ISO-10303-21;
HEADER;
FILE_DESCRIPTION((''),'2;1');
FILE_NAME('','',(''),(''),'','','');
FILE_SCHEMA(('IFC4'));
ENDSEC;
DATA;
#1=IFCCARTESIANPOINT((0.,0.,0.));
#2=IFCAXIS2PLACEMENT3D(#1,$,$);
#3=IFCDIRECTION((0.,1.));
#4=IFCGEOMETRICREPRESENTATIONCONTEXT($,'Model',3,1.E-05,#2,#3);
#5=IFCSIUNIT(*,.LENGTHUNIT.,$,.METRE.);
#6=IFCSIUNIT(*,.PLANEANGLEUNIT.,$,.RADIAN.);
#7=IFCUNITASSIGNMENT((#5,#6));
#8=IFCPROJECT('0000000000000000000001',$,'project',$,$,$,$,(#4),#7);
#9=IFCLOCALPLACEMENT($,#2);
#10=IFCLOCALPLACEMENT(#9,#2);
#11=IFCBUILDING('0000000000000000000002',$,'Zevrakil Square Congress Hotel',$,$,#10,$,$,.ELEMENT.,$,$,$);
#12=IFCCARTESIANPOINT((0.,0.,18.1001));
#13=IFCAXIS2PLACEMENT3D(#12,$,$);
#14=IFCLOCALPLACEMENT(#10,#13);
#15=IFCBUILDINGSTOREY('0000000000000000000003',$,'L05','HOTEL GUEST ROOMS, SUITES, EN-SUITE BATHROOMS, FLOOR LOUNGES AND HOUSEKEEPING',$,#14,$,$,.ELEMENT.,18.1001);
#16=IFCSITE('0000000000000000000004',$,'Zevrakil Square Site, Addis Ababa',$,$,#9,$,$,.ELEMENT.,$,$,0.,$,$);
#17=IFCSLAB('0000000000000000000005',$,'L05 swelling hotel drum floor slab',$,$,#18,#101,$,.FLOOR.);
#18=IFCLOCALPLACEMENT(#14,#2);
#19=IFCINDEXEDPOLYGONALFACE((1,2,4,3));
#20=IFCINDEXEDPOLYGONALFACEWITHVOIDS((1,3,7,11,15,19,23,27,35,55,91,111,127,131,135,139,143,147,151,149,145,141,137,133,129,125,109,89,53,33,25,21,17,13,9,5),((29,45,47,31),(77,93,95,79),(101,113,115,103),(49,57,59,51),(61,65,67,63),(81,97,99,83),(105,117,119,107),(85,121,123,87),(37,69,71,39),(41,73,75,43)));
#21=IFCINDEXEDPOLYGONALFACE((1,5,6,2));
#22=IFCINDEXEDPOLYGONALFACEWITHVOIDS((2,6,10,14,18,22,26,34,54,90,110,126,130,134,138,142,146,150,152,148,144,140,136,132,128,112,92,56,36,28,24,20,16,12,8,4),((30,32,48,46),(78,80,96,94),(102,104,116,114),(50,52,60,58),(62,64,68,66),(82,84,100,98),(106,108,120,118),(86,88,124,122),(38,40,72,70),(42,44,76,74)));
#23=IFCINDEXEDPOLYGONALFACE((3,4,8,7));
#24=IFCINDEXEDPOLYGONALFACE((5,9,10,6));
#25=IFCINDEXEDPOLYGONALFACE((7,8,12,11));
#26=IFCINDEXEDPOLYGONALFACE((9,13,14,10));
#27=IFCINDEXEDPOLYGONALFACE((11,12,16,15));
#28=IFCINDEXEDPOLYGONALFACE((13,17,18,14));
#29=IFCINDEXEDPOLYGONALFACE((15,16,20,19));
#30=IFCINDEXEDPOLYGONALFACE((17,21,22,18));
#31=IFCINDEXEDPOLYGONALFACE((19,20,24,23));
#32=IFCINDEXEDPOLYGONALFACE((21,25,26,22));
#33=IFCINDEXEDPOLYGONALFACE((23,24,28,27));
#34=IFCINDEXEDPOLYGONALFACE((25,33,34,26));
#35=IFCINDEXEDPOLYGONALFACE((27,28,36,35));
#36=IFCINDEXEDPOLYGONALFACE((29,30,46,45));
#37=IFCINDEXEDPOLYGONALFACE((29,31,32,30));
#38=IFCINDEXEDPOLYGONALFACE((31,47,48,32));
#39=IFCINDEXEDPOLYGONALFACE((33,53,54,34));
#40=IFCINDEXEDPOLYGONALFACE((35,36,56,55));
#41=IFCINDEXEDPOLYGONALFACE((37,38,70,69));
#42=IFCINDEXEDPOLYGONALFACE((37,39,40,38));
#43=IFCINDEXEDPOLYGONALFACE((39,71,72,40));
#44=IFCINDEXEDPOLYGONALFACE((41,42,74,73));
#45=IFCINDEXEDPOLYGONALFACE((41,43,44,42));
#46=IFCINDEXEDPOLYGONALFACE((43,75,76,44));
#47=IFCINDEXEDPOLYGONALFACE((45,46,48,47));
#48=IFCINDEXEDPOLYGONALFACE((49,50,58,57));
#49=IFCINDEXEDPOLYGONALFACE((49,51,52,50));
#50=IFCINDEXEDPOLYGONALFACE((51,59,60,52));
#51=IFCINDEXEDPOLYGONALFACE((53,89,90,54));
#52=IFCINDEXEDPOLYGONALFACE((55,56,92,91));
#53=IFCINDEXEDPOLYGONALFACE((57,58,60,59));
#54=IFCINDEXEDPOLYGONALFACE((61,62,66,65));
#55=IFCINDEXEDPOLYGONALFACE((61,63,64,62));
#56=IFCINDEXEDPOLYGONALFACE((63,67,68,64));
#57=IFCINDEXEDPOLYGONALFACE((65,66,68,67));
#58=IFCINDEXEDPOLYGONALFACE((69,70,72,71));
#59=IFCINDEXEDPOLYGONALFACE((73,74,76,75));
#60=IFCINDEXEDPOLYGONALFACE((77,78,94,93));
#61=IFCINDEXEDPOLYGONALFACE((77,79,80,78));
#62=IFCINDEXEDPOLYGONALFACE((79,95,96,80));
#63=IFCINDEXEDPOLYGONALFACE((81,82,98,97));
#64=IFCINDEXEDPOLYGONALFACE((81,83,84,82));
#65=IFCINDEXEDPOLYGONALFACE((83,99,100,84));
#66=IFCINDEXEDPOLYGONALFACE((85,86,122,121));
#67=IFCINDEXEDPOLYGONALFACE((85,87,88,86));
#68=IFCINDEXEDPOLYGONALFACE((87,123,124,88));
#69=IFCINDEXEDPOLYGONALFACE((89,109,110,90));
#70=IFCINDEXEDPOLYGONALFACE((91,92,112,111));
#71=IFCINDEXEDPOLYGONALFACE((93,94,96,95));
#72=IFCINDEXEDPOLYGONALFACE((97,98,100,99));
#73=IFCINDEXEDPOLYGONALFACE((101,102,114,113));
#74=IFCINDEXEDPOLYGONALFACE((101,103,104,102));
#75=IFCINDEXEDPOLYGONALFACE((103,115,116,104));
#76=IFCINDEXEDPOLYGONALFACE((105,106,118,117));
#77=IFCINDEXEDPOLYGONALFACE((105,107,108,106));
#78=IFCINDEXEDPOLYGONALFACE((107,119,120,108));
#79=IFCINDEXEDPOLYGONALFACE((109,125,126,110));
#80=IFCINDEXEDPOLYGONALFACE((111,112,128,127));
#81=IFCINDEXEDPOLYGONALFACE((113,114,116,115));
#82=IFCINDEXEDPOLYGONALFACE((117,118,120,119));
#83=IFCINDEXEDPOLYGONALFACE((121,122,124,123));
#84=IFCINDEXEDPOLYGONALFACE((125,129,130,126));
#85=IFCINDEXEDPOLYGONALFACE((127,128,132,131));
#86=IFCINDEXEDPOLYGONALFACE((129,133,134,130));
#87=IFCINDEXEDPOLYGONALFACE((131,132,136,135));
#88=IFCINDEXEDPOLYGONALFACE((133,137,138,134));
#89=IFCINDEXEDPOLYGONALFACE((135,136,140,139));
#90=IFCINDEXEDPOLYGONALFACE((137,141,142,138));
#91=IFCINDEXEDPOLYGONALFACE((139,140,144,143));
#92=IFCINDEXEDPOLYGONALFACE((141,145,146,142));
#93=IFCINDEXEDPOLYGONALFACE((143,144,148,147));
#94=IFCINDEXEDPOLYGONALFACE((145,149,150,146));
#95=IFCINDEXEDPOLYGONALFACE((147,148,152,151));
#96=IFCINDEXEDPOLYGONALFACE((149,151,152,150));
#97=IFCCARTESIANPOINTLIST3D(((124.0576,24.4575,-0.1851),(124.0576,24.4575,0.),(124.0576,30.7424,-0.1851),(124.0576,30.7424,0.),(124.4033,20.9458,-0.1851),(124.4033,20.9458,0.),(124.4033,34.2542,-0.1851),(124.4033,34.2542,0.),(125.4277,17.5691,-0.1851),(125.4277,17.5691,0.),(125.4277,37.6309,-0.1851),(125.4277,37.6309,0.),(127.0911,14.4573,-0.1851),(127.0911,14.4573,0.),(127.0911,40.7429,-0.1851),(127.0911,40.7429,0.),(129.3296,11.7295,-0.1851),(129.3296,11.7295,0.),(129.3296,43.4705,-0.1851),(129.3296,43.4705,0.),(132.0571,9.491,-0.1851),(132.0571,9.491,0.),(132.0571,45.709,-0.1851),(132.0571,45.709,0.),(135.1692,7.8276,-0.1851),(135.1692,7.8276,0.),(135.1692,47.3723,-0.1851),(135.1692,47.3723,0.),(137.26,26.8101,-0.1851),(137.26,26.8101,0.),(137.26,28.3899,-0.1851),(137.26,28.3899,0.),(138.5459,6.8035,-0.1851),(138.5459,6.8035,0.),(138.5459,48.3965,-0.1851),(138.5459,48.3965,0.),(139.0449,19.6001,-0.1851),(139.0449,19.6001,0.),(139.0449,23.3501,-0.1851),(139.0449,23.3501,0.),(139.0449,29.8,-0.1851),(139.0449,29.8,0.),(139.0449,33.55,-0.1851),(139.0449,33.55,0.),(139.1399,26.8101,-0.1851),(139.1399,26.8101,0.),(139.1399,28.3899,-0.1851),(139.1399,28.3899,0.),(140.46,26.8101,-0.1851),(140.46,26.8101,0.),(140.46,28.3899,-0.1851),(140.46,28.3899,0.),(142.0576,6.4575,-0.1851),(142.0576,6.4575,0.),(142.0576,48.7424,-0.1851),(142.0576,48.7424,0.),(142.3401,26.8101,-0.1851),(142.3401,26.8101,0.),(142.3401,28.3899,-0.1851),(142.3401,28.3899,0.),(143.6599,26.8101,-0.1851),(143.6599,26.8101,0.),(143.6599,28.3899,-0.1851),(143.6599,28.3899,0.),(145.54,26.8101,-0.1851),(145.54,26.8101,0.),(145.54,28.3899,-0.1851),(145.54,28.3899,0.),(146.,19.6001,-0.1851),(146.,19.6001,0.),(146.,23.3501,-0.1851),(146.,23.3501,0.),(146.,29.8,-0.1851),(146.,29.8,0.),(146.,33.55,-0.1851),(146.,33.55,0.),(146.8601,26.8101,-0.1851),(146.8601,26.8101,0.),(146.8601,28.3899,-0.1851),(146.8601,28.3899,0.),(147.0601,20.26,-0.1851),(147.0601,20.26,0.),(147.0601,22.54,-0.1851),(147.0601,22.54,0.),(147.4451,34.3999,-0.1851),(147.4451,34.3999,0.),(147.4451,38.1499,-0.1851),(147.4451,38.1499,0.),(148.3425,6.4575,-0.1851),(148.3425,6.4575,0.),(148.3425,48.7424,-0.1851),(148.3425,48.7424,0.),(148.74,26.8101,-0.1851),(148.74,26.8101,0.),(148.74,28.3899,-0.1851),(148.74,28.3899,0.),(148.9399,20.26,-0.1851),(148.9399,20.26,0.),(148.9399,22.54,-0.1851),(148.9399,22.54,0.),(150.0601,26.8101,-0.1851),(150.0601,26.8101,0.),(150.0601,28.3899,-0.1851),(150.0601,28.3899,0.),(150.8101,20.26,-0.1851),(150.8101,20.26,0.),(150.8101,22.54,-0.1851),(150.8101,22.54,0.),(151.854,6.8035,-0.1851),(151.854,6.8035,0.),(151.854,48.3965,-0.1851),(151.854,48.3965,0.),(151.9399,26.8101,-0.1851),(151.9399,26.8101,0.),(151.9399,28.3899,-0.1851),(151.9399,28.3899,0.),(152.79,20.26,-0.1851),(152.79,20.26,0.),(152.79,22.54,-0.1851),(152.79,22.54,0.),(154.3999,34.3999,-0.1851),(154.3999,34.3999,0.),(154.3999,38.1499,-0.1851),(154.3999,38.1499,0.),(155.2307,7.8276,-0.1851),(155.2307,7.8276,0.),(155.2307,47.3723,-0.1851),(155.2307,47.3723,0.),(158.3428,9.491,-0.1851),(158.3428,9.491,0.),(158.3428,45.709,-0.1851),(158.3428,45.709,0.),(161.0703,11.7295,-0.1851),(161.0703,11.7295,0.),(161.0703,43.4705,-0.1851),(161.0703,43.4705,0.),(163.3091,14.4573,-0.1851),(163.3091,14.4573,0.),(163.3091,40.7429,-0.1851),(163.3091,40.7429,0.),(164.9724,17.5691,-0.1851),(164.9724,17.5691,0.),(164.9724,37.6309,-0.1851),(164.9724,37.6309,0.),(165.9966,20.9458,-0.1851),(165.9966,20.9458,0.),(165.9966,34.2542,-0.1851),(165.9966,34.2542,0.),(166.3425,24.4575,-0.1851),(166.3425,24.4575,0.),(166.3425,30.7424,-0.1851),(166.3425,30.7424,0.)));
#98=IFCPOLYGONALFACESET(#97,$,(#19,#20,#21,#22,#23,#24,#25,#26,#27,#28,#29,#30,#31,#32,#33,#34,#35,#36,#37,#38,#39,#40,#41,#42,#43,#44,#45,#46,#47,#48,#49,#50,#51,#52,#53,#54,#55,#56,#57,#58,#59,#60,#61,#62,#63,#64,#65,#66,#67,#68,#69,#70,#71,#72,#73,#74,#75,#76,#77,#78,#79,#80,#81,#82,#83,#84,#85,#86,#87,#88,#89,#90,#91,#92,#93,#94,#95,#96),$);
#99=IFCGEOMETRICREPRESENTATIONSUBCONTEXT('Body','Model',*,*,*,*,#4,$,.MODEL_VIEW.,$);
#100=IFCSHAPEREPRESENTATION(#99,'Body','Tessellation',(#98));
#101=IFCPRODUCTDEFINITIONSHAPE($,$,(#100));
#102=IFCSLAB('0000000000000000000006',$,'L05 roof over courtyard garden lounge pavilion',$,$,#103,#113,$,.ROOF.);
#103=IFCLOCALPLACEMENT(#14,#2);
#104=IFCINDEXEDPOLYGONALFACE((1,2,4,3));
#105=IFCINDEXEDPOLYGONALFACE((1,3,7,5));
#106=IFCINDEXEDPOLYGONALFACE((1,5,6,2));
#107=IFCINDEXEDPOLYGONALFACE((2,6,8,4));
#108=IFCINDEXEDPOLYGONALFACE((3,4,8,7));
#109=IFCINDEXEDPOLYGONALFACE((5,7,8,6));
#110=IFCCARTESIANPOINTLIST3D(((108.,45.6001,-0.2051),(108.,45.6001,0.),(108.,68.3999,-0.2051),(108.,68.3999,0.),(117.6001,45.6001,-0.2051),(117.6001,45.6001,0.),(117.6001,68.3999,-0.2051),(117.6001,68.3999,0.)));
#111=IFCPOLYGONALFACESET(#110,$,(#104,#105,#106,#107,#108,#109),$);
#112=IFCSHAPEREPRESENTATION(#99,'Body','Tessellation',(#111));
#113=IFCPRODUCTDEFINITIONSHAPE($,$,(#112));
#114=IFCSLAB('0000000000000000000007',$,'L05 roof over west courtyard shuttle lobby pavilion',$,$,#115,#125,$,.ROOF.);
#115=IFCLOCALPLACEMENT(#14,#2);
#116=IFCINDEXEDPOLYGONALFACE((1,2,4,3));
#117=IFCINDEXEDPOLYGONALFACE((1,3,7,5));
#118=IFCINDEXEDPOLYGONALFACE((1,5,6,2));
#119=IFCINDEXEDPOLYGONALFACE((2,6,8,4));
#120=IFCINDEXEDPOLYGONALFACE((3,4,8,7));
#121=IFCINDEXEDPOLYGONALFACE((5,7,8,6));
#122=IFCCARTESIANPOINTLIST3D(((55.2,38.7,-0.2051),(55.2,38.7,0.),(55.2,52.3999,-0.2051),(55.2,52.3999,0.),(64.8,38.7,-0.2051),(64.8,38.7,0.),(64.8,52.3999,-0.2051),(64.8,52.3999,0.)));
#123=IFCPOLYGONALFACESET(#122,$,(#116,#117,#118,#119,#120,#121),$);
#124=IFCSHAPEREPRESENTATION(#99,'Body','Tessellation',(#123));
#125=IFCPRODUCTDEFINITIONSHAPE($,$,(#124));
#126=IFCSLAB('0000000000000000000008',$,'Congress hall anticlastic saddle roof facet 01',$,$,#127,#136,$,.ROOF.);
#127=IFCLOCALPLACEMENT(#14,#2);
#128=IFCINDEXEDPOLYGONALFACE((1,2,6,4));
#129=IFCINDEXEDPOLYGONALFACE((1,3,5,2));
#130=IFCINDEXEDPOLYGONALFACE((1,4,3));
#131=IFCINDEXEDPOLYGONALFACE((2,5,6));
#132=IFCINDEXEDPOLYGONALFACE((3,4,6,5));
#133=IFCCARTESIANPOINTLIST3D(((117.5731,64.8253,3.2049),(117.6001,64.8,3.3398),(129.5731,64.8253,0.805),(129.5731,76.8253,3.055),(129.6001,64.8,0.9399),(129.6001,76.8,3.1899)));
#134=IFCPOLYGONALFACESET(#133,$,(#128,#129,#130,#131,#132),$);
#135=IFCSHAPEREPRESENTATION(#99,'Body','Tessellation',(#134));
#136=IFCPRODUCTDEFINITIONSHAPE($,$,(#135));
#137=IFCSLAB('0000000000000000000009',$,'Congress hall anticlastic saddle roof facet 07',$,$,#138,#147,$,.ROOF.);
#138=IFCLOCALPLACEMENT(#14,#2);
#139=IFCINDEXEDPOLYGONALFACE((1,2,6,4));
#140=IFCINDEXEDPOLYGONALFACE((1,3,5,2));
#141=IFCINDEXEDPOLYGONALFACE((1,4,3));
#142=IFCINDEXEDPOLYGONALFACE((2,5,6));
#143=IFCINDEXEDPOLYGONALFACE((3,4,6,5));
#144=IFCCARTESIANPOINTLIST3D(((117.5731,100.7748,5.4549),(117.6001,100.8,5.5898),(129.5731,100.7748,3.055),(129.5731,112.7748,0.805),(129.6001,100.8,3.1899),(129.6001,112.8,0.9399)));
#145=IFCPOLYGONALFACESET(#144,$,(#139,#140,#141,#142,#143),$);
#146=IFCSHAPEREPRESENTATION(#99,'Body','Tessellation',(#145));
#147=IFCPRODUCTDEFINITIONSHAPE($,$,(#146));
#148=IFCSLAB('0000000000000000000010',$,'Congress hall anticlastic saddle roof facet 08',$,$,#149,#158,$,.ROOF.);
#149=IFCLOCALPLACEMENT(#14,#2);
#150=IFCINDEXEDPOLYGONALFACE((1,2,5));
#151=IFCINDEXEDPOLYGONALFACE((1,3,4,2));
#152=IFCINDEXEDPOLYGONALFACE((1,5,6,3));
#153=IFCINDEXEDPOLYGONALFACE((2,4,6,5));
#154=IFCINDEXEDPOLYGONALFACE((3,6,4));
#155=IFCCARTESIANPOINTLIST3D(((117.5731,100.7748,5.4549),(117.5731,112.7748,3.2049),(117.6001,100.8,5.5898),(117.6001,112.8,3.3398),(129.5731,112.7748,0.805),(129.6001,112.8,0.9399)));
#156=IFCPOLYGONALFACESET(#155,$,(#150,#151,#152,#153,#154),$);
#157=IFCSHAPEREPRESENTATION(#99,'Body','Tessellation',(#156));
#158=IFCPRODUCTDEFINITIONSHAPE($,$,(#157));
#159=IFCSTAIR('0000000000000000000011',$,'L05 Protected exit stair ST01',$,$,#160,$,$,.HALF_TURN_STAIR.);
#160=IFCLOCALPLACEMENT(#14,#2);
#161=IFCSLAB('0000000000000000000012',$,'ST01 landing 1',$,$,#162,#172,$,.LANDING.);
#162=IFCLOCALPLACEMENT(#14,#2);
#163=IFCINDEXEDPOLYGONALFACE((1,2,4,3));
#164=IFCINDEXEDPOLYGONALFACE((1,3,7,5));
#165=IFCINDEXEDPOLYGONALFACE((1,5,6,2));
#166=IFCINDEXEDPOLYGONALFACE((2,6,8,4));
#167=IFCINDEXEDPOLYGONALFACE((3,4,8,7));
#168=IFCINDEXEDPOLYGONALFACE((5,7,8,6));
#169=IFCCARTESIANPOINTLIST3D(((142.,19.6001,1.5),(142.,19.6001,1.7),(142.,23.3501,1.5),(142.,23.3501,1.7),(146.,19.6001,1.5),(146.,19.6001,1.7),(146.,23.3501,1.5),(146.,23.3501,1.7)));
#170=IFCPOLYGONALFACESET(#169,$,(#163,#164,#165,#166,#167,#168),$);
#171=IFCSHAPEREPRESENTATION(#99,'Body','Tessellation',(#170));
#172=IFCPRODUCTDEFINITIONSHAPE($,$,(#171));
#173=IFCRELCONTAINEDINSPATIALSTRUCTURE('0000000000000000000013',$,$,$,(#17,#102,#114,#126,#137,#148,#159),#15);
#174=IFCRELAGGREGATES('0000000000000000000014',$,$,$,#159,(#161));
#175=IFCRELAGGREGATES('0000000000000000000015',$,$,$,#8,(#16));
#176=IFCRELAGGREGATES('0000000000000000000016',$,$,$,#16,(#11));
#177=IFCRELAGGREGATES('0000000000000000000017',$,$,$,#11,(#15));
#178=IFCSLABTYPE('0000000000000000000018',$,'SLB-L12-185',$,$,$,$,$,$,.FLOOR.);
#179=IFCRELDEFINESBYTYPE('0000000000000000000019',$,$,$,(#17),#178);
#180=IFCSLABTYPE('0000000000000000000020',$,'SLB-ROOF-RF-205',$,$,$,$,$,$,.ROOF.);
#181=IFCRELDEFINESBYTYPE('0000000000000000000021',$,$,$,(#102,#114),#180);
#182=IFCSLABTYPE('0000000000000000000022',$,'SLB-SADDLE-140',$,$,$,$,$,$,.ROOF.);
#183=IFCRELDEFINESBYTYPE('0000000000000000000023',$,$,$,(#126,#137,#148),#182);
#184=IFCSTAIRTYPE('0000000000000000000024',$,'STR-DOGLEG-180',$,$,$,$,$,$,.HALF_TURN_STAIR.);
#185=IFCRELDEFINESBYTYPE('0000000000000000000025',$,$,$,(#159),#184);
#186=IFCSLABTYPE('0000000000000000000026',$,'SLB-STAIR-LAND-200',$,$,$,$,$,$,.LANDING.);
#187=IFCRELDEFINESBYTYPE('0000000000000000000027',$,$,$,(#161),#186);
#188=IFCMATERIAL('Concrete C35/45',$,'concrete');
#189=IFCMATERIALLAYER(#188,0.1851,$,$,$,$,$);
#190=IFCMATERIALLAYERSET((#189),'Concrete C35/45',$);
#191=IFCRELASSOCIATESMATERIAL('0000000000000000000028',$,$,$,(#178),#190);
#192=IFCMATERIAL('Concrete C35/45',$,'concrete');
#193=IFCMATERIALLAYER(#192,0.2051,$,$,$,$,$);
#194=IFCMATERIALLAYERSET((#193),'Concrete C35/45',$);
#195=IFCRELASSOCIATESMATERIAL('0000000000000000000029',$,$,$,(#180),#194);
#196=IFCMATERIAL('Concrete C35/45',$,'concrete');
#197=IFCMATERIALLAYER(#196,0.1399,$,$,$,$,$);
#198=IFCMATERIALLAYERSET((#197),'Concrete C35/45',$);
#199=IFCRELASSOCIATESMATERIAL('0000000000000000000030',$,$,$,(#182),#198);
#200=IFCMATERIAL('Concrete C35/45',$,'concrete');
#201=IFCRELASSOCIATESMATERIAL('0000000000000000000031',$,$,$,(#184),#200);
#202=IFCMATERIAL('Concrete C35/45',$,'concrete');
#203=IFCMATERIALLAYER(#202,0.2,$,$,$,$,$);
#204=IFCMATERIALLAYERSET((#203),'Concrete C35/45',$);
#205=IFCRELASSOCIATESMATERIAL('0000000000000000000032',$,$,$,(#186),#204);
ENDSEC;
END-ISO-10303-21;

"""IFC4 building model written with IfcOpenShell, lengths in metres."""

from ifc_helpers import new_model, si_unit, direction, frame, origin, place, context, subcontext, project, spatial, polyline, outline, extrude, material, layer, layer_set, type_object, element, aggregate, save


model = new_model("IFC4")

# Units and contexts
model_context = context("Model", 3, precision=1e-05, world=origin(), true_north=direction((0.0, 1.0)))
body_context = subcontext(model_context, "Body", "Model", "MODEL_VIEW")
ifc_project = project(units=[si_unit("LENGTHUNIT", "METRE"), si_unit("PLANEANGLEUNIT", "RADIAN")], contexts=[model_context])

# Site, building, storey
site_placement = place(None, origin())
site = spatial("IfcSite", under=ifc_project, at=site_placement, Name="Zevrakil Square Site, Addis Ababa", CompositionType="ELEMENT", RefElevation=0.0)
building_placement = place(site_placement, origin())
building = spatial("IfcBuilding", under=site, at=building_placement, Name="Zevrakil Square Congress Hotel", CompositionType="ELEMENT")
storey_placement = place(building_placement, frame((0.0, 0.0, 18.1001)))
storey = spatial("IfcBuildingStorey", under=building, at=storey_placement, Name="L05", Description="HOTEL GUEST ROOMS, SUITES, EN-SUITE BATHROOMS, FLOOR LOUNGES AND HOUSEKEEPING", CompositionType="ELEMENT", Elevation=18.1001)

# Slabs
ifc_material_1 = material(Name="Concrete C35/45", Category="concrete")
ifc_layer_1 = layer(ifc_material_1, 0.1851)
ifc_layer_set_1 = layer_set([ifc_layer_1], Name="Concrete C35/45")
slab_type_1 = type_object("IfcSlabType", Name="SLB-L12-185", PredefinedType="FLOOR", material=ifc_layer_set_1)
slab_1_placement = place(storey_placement, frame((0.0, 0.0, -0.1851)))
element("IfcSlab", 1, at=slab_1_placement, inside=storey, type_object=slab_type_1, Name="L05 swelling hotel drum floor slab", PredefinedType="FLOOR", context=body_context, shape_type="SweptSolid", body=[
    extrude(outline(polyline([(148.3425, 6.4575), (151.854, 6.8035), (155.2307, 7.8276), (158.3428, 9.491), (161.0703, 11.7295), (163.3091, 14.4573), (164.9724, 17.5691), (165.9966, 20.9458), (166.3425, 24.4575), (166.3425, 30.7424), (165.9966, 34.2542), (164.9724, 37.6309), (163.3091, 40.7429), (161.0703, 43.4705), (158.3428, 45.709), (155.2307, 47.3723), (151.854, 48.3965), (148.3425, 48.7424), (142.0576, 48.7424), (138.5459, 48.3965), (135.1692, 47.3723), (132.0571, 45.709), (129.3296, 43.4705), (127.0911, 40.7429), (125.4277, 37.6309), (124.4033, 34.2542), (124.0576, 30.7424), (124.0576, 24.4575), (124.4033, 20.9458), (125.4277, 17.5691), (127.0911, 14.4573), (129.3296, 11.7295), (132.0571, 9.491), (135.1692, 7.8276), (138.5459, 6.8035), (142.0576, 6.4575), (148.3425, 6.4575)]), holes=[polyline([(139.0449, 19.6001), (146.0, 19.6001), (146.0, 23.3501), (139.0449, 23.3501), (139.0449, 19.6001)]), polyline([(139.0449, 29.8), (146.0, 29.8), (146.0, 33.55), (139.0449, 33.55), (139.0449, 29.8)]), polyline([(147.4451, 34.3999), (154.3999, 34.3999), (154.3999, 38.1499), (147.4451, 38.1499), (147.4451, 34.3999)]), polyline([(137.26, 26.8101), (139.1399, 26.8101), (139.1399, 28.3899), (137.26, 28.3899), (137.26, 26.8101)]), polyline([(140.46, 26.8101), (142.3401, 26.8101), (142.3401, 28.3899), (140.46, 28.3899), (140.46, 26.8101)]), polyline([(143.6599, 26.8101), (145.54, 26.8101), (145.54, 28.3899), (143.6599, 28.3899), (143.6599, 26.8101)]), polyline([(146.8601, 26.8101), (148.74, 26.8101), (148.74, 28.3899), (146.8601, 28.3899), (146.8601, 26.8101)]), polyline([(150.0601, 26.8101), (151.9399, 26.8101), (151.9399, 28.3899), (150.0601, 28.3899), (150.0601, 26.8101)]), polyline([(147.0601, 20.26), (148.9399, 20.26), (148.9399, 22.54), (147.0601, 22.54), (147.0601, 20.26)]), polyline([(150.8101, 20.26), (152.79, 20.26), (152.79, 22.54), (150.8101, 22.54), (150.8101, 20.26)])]), origin(), (0.0, 0.0, 1.0), 0.1851),
])
ifc_material_2 = material(Name="Concrete C35/45", Category="concrete")
ifc_layer_2 = layer(ifc_material_2, 0.2051)
ifc_layer_set_2 = layer_set([ifc_layer_2], Name="Concrete C35/45")
slab_type_2 = type_object("IfcSlabType", Name="SLB-ROOF-RF-205", PredefinedType="ROOF", material=ifc_layer_set_2)
slab_2_placement = place(storey_placement, frame((0.0, 0.0, -0.2051)))
element("IfcSlab", 2, at=slab_2_placement, inside=storey, type_object=slab_type_2, Name="L05 roof over courtyard garden lounge pavilion", PredefinedType="ROOF", context=body_context, shape_type="SweptSolid", body=[
    extrude(outline(polyline([(108.0, 45.6001), (117.6001, 45.6001), (117.6001, 68.3999), (108.0, 68.3999), (108.0, 45.6001)])), origin(), (0.0, 0.0, 1.0), 0.2051),
])
slab_3_placement = place(storey_placement, frame((0.0, 0.0, -0.2051)))
element("IfcSlab", 3, at=slab_3_placement, inside=storey, type_object=slab_type_2, Name="L05 roof over west courtyard shuttle lobby pavilion", PredefinedType="ROOF", context=body_context, shape_type="SweptSolid", body=[
    extrude(outline(polyline([(55.2, 38.7), (64.8, 38.7), (64.8, 52.3999), (55.2, 52.3999), (55.2, 38.7)])), origin(), (0.0, 0.0, 1.0), 0.2051),
])
ifc_material_3 = material(Name="Concrete C35/45", Category="concrete")
ifc_layer_3 = layer(ifc_material_3, 0.1399)
ifc_layer_set_3 = layer_set([ifc_layer_3], Name="Concrete C35/45")
slab_type_3 = type_object("IfcSlabType", Name="SLB-SADDLE-140", PredefinedType="ROOF", material=ifc_layer_set_3)
slab_4_placement = place(storey_placement, frame((117.6001, 64.8, 3.3398), z_axis=(0.192876, -0.180828, 0.964417), x_axis=(0.980582, 0.0, -0.196108)))
element("IfcSlab", 4, at=slab_4_placement, inside=storey, type_object=slab_type_3, Name="Congress hall anticlastic saddle roof facet 01", PredefinedType="ROOF", context=body_context, shape_type="SweptSolid", body=[
    extrude(outline(polyline([(0.0, 0.0), (12.2376, 0.0), (11.7964, 12.2011), (0.0, 0.0)])), origin(), (0.0, 0.0, -1.0), 0.1399),
])
slab_5_placement = place(storey_placement, frame((117.6001, 100.8, 5.5898), z_axis=(0.192876, 0.180828, 0.964417), x_axis=(0.980582, 0.0, -0.196108)))
element("IfcSlab", 5, at=slab_5_placement, inside=storey, type_object=slab_type_3, Name="Congress hall anticlastic saddle roof facet 07", PredefinedType="ROOF", context=body_context, shape_type="SweptSolid", body=[
    extrude(outline(polyline([(0.0, 0.0), (12.2376, 0.0), (12.6789, 12.2011), (0.0, 0.0)])), origin(), (0.0, 0.0, -1.0), 0.1399),
])
slab_6_placement = place(storey_placement, frame((117.6001, 100.8, 5.5898), z_axis=(0.192876, 0.180828, 0.964417), x_axis=(0.681971, 0.681971, -0.264258)))
element("IfcSlab", 6, at=slab_6_placement, inside=storey, type_object=slab_type_3, Name="Congress hall anticlastic saddle roof facet 08", PredefinedType="ROOF", context=body_context, shape_type="SweptSolid", body=[
    extrude(outline(polyline([(0.0, 0.0), (17.5961, 0.0), (8.7782, 8.4856), (0.0, 0.0)])), origin(), (0.0, 0.0, -1.0), 0.1399),
])

# Stair, slab
ifc_material_4 = material(Name="Concrete C35/45", Category="concrete")
stair_type = type_object("IfcStairType", Name="STR-DOGLEG-180", PredefinedType="HALF_TURN_STAIR", material=ifc_material_4)
stair_1_placement = place(storey_placement, origin())
stair_1 = element("IfcStair", 7, at=stair_1_placement, inside=storey, type_object=stair_type, Name="L05 Protected exit stair ST01", PredefinedType="HALF_TURN_STAIR")
ifc_material_5 = material(Name="Concrete C35/45", Category="concrete")
ifc_layer_4 = layer(ifc_material_5, 0.2)
ifc_layer_set_4 = layer_set([ifc_layer_4], Name="Concrete C35/45")
slab_type_4 = type_object("IfcSlabType", Name="SLB-STAIR-LAND-200", PredefinedType="LANDING", material=ifc_layer_set_4)
slab_7_placement = place(storey_placement, frame((0.0, 0.0, 1.5)))
slab_7 = element("IfcSlab", 8, at=slab_7_placement, type_object=slab_type_4, Name="ST01 landing 1", PredefinedType="LANDING", context=body_context, shape_type="SweptSolid", body=[
    extrude(outline(polyline([(142.0, 19.6001), (146.0, 19.6001), (146.0, 23.3501), (142.0, 23.3501), (142.0, 19.6001)])), origin(), (0.0, 0.0, 1.0), 0.2),
])
aggregate(stair_1, [slab_7])

save(model, "model.ifc")
